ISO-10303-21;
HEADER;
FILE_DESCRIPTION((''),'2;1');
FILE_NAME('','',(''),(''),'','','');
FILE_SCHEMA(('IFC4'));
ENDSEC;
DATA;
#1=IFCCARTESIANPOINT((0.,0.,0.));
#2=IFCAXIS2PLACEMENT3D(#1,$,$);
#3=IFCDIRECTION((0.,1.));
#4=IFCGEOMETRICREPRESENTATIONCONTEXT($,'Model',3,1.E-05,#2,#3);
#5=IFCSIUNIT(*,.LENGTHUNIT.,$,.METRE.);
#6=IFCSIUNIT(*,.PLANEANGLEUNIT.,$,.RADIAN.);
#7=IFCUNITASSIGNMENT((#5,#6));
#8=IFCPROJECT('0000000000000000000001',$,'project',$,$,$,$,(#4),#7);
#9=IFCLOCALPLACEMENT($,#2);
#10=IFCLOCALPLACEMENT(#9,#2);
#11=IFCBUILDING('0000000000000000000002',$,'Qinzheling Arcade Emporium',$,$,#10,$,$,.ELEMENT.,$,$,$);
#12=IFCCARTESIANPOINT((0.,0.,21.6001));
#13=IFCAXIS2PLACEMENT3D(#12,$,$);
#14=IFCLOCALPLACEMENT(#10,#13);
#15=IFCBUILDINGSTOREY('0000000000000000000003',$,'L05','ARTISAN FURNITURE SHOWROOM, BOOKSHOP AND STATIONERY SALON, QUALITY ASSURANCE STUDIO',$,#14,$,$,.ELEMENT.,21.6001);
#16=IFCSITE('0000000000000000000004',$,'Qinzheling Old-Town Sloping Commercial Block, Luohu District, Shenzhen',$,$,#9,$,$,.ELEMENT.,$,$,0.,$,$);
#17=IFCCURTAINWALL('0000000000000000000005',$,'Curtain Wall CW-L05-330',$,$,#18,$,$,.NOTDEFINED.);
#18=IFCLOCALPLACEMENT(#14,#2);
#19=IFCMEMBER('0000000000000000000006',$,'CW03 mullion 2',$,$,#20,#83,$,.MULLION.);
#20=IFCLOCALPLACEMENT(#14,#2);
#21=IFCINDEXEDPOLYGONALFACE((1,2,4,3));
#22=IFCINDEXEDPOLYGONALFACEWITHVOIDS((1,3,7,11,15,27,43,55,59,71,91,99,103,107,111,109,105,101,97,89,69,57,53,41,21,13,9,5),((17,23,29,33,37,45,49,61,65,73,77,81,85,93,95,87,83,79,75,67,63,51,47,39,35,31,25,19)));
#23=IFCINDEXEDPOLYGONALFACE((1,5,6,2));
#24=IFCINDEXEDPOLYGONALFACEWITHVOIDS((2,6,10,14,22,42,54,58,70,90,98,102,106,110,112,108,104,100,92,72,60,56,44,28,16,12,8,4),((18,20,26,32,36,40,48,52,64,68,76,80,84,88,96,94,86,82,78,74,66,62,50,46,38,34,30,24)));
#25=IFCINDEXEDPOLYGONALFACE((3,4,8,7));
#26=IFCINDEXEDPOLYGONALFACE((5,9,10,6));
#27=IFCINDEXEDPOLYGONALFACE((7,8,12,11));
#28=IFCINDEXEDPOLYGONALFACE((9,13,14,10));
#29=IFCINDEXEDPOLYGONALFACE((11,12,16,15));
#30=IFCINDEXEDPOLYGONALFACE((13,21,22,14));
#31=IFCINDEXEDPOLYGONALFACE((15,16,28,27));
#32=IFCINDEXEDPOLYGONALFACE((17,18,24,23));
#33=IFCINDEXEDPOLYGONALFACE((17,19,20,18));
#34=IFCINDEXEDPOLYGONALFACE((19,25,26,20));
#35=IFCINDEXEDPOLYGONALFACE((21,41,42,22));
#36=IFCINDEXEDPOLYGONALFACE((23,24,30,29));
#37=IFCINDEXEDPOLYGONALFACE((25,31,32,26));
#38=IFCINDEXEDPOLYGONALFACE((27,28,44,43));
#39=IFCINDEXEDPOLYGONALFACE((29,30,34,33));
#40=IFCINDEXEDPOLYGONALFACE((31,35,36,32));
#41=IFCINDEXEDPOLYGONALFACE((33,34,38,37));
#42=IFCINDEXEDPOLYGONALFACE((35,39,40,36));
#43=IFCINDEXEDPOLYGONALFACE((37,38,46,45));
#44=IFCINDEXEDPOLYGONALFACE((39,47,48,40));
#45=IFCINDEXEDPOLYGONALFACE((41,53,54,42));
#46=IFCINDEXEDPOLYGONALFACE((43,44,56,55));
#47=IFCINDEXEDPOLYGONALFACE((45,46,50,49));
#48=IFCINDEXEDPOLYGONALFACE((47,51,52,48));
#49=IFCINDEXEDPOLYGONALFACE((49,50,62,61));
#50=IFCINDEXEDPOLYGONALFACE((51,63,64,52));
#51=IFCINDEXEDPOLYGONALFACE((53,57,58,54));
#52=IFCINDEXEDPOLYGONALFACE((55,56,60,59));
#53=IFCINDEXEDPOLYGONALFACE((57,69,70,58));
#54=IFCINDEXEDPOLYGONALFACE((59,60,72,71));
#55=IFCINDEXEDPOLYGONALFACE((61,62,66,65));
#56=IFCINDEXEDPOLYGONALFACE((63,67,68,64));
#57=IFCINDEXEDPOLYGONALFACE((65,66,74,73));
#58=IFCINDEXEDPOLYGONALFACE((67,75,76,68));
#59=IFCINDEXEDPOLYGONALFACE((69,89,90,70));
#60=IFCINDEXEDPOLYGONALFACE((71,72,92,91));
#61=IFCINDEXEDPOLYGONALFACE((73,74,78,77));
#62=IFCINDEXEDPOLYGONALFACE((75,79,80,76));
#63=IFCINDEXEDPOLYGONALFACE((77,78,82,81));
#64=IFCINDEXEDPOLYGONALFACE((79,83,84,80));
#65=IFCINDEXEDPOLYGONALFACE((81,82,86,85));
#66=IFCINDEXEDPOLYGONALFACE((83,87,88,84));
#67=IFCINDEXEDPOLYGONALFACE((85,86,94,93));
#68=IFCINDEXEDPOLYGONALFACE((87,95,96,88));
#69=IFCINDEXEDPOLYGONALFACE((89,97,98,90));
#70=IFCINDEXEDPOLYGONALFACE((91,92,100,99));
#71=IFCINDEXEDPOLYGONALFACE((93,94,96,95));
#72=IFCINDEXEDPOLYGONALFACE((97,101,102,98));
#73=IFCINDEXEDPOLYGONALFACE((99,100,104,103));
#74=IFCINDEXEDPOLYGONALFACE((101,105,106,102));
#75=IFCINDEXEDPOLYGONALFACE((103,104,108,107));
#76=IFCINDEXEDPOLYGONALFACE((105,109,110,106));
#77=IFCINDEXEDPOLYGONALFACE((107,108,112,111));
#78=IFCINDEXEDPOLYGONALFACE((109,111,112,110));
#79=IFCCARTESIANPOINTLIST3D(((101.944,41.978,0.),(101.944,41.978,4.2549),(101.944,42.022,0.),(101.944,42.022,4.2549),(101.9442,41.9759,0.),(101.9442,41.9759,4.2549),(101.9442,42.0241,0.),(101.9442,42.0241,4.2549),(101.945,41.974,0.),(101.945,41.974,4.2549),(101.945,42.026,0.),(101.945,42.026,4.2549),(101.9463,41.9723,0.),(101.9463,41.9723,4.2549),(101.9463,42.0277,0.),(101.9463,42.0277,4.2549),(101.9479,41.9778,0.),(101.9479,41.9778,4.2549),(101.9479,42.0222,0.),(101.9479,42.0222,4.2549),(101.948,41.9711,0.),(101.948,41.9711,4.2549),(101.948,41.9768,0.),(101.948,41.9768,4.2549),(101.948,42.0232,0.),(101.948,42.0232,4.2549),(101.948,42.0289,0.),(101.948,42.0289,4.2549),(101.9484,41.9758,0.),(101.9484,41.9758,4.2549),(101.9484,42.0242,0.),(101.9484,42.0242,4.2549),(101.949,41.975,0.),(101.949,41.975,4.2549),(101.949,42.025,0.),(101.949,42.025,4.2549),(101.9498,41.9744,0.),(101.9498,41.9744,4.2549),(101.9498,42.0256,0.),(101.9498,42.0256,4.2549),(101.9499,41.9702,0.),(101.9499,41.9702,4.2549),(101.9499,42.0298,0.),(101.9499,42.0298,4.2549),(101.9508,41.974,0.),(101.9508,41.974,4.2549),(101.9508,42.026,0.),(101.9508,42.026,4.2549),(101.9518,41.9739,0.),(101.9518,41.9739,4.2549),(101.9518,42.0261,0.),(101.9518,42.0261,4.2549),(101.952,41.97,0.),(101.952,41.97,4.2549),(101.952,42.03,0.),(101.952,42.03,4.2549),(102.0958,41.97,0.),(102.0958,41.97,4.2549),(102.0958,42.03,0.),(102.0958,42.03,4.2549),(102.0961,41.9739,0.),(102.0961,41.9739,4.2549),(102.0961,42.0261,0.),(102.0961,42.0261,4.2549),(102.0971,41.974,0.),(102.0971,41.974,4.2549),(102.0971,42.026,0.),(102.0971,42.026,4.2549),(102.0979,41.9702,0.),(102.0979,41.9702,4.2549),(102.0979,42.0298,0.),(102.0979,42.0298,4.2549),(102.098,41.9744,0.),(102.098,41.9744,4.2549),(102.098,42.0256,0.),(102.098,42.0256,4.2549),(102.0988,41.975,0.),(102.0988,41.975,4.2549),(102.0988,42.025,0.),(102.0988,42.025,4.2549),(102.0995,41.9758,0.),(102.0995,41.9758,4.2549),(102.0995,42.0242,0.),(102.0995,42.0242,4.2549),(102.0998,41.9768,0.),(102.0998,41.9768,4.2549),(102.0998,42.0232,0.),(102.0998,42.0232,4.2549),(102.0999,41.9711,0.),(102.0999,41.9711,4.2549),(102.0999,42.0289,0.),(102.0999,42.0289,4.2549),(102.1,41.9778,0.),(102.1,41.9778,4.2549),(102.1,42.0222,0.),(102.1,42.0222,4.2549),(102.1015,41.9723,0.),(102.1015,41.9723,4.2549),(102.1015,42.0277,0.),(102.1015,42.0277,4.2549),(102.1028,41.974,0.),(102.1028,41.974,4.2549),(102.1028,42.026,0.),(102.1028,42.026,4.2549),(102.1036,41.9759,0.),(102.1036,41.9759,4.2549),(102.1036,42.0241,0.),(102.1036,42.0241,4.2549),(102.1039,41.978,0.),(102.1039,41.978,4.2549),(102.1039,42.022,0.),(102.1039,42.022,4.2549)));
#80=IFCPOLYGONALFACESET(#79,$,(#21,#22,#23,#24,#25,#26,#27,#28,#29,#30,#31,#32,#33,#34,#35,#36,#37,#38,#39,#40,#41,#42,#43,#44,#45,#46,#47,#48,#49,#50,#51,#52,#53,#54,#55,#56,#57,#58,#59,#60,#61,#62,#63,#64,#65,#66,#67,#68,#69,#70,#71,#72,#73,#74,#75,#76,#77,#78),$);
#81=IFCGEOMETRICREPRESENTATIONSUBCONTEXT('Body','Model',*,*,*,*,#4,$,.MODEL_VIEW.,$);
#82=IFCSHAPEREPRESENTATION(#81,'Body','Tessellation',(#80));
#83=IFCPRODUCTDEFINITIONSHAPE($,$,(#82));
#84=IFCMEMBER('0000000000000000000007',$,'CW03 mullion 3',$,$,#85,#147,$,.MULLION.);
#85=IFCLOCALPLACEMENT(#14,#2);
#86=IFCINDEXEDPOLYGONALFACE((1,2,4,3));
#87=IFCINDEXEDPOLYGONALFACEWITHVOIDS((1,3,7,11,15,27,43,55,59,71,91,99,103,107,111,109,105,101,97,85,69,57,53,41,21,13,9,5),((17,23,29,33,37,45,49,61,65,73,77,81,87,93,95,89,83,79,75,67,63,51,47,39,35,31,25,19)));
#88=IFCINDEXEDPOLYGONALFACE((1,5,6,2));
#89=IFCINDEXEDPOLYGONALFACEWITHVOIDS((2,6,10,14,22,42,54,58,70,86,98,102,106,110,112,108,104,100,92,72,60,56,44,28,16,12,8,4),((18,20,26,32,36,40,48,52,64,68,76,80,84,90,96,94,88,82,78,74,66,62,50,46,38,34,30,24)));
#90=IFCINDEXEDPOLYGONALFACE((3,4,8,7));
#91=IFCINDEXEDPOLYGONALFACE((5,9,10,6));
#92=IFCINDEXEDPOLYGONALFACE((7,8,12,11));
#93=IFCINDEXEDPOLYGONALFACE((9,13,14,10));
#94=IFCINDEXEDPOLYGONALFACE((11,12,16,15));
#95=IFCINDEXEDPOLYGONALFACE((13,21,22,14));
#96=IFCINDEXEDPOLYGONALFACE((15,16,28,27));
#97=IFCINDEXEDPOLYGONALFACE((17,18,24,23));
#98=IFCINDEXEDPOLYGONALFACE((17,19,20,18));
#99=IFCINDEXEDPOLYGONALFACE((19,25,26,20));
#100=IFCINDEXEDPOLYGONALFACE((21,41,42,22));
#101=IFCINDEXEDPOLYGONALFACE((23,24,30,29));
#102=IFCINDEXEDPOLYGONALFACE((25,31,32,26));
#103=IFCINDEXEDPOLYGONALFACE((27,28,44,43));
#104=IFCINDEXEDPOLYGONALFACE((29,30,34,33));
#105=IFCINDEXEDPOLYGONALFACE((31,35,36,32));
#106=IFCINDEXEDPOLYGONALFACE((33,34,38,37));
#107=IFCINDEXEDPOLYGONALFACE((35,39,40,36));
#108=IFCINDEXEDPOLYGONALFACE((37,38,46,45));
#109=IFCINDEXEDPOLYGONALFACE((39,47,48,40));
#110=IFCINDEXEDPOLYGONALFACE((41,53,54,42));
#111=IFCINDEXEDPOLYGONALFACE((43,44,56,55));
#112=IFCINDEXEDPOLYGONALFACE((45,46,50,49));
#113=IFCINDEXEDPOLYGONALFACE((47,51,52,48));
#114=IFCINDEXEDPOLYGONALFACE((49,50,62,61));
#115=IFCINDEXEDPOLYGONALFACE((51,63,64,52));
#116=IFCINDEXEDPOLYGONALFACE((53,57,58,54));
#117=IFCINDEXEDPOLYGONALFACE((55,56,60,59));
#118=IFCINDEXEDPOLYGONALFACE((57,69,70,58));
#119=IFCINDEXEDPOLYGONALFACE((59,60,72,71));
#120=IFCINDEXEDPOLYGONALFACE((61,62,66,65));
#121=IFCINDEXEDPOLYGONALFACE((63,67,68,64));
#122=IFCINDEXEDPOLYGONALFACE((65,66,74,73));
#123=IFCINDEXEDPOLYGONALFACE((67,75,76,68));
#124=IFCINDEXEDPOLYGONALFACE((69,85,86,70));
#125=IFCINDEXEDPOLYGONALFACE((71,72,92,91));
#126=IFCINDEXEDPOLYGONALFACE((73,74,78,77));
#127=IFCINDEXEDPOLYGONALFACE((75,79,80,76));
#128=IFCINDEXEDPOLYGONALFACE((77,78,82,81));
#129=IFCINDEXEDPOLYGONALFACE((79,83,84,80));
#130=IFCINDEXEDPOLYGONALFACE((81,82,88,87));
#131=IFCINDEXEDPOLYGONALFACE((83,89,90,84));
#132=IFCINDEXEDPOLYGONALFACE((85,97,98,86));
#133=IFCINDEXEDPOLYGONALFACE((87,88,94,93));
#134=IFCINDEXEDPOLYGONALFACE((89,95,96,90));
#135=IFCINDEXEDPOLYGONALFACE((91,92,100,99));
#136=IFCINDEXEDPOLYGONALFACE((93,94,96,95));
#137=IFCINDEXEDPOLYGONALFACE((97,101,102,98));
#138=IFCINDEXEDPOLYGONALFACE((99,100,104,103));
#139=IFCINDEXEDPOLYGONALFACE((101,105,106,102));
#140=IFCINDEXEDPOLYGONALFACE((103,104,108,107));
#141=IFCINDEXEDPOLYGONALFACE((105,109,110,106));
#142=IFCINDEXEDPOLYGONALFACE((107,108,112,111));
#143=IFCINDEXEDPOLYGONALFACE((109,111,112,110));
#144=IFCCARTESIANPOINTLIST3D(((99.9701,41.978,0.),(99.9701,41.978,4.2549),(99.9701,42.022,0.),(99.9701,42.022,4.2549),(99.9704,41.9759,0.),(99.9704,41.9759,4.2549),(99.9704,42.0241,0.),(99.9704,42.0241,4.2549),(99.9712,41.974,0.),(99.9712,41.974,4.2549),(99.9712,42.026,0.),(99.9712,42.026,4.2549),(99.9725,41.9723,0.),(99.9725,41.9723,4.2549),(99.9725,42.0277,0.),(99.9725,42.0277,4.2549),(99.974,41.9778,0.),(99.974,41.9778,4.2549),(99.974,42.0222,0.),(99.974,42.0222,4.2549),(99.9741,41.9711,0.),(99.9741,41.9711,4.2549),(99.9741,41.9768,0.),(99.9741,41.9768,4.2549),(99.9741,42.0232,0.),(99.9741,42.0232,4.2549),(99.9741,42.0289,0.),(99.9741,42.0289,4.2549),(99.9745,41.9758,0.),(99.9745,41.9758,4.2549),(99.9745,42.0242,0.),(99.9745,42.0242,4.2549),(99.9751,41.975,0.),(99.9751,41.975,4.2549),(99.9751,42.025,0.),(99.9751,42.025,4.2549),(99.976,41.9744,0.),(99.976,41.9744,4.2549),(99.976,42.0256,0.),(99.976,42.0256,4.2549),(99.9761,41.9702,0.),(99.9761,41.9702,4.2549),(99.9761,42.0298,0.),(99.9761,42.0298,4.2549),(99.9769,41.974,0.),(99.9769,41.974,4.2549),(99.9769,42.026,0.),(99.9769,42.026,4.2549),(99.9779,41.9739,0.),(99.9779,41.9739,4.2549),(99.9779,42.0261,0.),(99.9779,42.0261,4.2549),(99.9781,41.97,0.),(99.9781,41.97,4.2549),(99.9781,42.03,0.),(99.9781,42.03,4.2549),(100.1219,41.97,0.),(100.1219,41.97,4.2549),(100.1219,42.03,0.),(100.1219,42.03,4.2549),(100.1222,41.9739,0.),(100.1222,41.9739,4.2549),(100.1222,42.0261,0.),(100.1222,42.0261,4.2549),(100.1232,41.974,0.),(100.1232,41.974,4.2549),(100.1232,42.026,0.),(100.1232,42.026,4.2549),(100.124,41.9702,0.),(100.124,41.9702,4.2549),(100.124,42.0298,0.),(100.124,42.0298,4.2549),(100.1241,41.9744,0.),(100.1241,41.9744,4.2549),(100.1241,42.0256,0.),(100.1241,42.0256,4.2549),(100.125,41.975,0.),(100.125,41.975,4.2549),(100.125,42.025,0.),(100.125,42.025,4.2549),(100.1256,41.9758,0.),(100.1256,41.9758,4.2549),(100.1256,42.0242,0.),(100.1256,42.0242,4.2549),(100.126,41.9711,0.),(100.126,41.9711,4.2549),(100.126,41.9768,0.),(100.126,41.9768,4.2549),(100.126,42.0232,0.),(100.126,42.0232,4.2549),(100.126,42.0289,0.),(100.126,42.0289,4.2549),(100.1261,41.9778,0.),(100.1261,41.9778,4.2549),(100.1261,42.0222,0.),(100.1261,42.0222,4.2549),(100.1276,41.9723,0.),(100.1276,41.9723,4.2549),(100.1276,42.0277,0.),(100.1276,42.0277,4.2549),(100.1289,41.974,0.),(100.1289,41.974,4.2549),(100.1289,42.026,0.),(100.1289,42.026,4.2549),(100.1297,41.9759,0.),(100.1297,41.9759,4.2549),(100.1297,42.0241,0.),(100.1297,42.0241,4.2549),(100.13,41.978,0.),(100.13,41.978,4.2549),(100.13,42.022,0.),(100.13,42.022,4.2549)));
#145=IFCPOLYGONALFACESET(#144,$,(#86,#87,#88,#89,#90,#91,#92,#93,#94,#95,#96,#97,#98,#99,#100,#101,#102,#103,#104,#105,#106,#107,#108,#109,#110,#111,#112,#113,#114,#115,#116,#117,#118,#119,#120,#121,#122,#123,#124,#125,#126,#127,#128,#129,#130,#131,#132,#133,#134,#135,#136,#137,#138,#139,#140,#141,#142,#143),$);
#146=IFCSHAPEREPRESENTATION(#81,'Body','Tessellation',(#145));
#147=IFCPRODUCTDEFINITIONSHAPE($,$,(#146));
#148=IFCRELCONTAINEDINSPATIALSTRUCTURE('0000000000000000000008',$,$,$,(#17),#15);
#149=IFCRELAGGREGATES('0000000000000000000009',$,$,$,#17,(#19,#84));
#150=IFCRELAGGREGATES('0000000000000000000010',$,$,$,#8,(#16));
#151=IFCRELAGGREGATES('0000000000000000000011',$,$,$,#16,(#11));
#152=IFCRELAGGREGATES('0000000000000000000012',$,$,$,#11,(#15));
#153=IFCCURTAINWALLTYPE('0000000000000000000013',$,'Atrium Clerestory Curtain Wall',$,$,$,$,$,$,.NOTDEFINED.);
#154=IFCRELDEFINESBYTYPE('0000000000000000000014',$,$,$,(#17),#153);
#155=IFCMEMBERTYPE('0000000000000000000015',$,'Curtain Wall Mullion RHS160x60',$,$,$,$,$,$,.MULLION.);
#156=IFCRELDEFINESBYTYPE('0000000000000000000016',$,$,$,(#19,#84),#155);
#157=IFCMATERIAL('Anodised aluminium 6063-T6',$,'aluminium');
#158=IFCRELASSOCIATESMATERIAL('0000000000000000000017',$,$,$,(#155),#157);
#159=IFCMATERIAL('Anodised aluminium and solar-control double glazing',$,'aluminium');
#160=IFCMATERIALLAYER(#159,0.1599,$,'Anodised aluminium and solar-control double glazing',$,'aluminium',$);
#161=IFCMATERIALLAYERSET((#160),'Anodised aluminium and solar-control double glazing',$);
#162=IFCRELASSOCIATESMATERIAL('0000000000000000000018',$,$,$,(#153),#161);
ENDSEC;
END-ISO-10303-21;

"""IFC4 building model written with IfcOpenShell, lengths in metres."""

from ifc_helpers import new_model, si_unit, direction, frame, origin, origin_2d, place, context, subcontext, project, spatial, hollow_rectangle, extrude, material, layer, layer_set, material_profile, profile_set, type_object, element, aggregate, save


model = new_model("IFC4")

# Units and contexts
model_context = context("Model", 3, precision=1e-05, world=origin(), true_north=direction((0.0, 1.0)))
body_context = subcontext(model_context, "Body", "Model", "MODEL_VIEW")
ifc_project = project(units=[si_unit("LENGTHUNIT", "METRE"), si_unit("PLANEANGLEUNIT", "RADIAN")], contexts=[model_context])

# Site, building, storey
site_placement = place(None, origin())
site = spatial("IfcSite", under=ifc_project, at=site_placement, Name="Qinzheling Old-Town Sloping Commercial Block, Luohu District, Shenzhen", CompositionType="ELEMENT", RefElevation=0.0)
building_placement = place(site_placement, origin())
building = spatial("IfcBuilding", under=site, at=building_placement, Name="Qinzheling Arcade Emporium", CompositionType="ELEMENT")
storey_placement = place(building_placement, frame((0.0, 0.0, 21.6001)))
storey = spatial("IfcBuildingStorey", under=building, at=storey_placement, Name="L05", Description="ARTISAN FURNITURE SHOWROOM, BOOKSHOP AND STATIONERY SALON, QUALITY ASSURANCE STUDIO", CompositionType="ELEMENT", Elevation=21.6001)

# Shared definitions
ifc_material_1 = material(Name="Anodised aluminium and solar-control double glazing", Category="aluminium")
ifc_material_2 = material(Name="Anodised aluminium 6063-T6", Category="aluminium")
ifc_material_profile_1 = material_profile(ifc_material_2, hollow_rectangle(XDim=0.0601, YDim=0.1599, WallThickness=0.0039, InnerFilletRadius=0.0039, OuterFilletRadius=0.0081, at=origin_2d()), Name="RHS 160x60x4", Category="aluminium")
ifc_profile_set_1 = profile_set([ifc_material_profile_1], Name="Anodised aluminium 6063-T6")
member_type_1 = type_object("IfcMemberType", Name="Curtain Wall Mullion RHS160x60", PredefinedType="MULLION", material=ifc_profile_set_1)

# Curtain wall, members
ifc_layer_1 = layer(ifc_material_1, 0.1599, Name="Anodised aluminium and solar-control double glazing", Category="aluminium")
ifc_layer_set_1 = layer_set([ifc_layer_1], Name="Anodised aluminium and solar-control double glazing")
curtain_wall_type_1 = type_object("IfcCurtainWallType", Name="Atrium Clerestory Curtain Wall", PredefinedType="NOTDEFINED", material=ifc_layer_set_1)
curtain_wall_1_placement = place(storey_placement, origin())
curtain_wall_1 = element("IfcCurtainWall", 1, at=curtain_wall_1_placement, inside=storey, type_object=curtain_wall_type_1, Name="Curtain Wall CW-L05-330", PredefinedType="NOTDEFINED")
member_1_placement = place(storey_placement, frame((102.0239, 42.0, 0.0), z_axis=(0.0, 0.0, 1.0), x_axis=(0.0, -1.0, 0.0)))
member_1 = element("IfcMember", 2, at=member_1_placement, type_object=member_type_1, Name="CW03 mullion 2", PredefinedType="MULLION", context=body_context, shape_type="SweptSolid", body=[
    extrude(hollow_rectangle(XDim=0.0601, YDim=0.1599, WallThickness=0.0039, InnerFilletRadius=0.0039, OuterFilletRadius=0.0081, at=origin_2d()), origin(), (0.0, 0.0, 1.0), 4.2549),
])
member_2_placement = place(storey_placement, frame((100.05, 42.0, 0.0), z_axis=(0.0, 0.0, 1.0), x_axis=(0.0, -1.0, 0.0)))
member_2 = element("IfcMember", 3, at=member_2_placement, type_object=member_type_1, Name="CW03 mullion 3", PredefinedType="MULLION", context=body_context, shape_type="SweptSolid", body=[
    extrude(hollow_rectangle(XDim=0.0601, YDim=0.1599, WallThickness=0.0039, InnerFilletRadius=0.0039, OuterFilletRadius=0.0081, at=origin_2d()), origin(), (0.0, 0.0, 1.0), 4.2549),
])

aggregate(curtain_wall_1, [member_1, member_2])

save(model, "model.ifc")
